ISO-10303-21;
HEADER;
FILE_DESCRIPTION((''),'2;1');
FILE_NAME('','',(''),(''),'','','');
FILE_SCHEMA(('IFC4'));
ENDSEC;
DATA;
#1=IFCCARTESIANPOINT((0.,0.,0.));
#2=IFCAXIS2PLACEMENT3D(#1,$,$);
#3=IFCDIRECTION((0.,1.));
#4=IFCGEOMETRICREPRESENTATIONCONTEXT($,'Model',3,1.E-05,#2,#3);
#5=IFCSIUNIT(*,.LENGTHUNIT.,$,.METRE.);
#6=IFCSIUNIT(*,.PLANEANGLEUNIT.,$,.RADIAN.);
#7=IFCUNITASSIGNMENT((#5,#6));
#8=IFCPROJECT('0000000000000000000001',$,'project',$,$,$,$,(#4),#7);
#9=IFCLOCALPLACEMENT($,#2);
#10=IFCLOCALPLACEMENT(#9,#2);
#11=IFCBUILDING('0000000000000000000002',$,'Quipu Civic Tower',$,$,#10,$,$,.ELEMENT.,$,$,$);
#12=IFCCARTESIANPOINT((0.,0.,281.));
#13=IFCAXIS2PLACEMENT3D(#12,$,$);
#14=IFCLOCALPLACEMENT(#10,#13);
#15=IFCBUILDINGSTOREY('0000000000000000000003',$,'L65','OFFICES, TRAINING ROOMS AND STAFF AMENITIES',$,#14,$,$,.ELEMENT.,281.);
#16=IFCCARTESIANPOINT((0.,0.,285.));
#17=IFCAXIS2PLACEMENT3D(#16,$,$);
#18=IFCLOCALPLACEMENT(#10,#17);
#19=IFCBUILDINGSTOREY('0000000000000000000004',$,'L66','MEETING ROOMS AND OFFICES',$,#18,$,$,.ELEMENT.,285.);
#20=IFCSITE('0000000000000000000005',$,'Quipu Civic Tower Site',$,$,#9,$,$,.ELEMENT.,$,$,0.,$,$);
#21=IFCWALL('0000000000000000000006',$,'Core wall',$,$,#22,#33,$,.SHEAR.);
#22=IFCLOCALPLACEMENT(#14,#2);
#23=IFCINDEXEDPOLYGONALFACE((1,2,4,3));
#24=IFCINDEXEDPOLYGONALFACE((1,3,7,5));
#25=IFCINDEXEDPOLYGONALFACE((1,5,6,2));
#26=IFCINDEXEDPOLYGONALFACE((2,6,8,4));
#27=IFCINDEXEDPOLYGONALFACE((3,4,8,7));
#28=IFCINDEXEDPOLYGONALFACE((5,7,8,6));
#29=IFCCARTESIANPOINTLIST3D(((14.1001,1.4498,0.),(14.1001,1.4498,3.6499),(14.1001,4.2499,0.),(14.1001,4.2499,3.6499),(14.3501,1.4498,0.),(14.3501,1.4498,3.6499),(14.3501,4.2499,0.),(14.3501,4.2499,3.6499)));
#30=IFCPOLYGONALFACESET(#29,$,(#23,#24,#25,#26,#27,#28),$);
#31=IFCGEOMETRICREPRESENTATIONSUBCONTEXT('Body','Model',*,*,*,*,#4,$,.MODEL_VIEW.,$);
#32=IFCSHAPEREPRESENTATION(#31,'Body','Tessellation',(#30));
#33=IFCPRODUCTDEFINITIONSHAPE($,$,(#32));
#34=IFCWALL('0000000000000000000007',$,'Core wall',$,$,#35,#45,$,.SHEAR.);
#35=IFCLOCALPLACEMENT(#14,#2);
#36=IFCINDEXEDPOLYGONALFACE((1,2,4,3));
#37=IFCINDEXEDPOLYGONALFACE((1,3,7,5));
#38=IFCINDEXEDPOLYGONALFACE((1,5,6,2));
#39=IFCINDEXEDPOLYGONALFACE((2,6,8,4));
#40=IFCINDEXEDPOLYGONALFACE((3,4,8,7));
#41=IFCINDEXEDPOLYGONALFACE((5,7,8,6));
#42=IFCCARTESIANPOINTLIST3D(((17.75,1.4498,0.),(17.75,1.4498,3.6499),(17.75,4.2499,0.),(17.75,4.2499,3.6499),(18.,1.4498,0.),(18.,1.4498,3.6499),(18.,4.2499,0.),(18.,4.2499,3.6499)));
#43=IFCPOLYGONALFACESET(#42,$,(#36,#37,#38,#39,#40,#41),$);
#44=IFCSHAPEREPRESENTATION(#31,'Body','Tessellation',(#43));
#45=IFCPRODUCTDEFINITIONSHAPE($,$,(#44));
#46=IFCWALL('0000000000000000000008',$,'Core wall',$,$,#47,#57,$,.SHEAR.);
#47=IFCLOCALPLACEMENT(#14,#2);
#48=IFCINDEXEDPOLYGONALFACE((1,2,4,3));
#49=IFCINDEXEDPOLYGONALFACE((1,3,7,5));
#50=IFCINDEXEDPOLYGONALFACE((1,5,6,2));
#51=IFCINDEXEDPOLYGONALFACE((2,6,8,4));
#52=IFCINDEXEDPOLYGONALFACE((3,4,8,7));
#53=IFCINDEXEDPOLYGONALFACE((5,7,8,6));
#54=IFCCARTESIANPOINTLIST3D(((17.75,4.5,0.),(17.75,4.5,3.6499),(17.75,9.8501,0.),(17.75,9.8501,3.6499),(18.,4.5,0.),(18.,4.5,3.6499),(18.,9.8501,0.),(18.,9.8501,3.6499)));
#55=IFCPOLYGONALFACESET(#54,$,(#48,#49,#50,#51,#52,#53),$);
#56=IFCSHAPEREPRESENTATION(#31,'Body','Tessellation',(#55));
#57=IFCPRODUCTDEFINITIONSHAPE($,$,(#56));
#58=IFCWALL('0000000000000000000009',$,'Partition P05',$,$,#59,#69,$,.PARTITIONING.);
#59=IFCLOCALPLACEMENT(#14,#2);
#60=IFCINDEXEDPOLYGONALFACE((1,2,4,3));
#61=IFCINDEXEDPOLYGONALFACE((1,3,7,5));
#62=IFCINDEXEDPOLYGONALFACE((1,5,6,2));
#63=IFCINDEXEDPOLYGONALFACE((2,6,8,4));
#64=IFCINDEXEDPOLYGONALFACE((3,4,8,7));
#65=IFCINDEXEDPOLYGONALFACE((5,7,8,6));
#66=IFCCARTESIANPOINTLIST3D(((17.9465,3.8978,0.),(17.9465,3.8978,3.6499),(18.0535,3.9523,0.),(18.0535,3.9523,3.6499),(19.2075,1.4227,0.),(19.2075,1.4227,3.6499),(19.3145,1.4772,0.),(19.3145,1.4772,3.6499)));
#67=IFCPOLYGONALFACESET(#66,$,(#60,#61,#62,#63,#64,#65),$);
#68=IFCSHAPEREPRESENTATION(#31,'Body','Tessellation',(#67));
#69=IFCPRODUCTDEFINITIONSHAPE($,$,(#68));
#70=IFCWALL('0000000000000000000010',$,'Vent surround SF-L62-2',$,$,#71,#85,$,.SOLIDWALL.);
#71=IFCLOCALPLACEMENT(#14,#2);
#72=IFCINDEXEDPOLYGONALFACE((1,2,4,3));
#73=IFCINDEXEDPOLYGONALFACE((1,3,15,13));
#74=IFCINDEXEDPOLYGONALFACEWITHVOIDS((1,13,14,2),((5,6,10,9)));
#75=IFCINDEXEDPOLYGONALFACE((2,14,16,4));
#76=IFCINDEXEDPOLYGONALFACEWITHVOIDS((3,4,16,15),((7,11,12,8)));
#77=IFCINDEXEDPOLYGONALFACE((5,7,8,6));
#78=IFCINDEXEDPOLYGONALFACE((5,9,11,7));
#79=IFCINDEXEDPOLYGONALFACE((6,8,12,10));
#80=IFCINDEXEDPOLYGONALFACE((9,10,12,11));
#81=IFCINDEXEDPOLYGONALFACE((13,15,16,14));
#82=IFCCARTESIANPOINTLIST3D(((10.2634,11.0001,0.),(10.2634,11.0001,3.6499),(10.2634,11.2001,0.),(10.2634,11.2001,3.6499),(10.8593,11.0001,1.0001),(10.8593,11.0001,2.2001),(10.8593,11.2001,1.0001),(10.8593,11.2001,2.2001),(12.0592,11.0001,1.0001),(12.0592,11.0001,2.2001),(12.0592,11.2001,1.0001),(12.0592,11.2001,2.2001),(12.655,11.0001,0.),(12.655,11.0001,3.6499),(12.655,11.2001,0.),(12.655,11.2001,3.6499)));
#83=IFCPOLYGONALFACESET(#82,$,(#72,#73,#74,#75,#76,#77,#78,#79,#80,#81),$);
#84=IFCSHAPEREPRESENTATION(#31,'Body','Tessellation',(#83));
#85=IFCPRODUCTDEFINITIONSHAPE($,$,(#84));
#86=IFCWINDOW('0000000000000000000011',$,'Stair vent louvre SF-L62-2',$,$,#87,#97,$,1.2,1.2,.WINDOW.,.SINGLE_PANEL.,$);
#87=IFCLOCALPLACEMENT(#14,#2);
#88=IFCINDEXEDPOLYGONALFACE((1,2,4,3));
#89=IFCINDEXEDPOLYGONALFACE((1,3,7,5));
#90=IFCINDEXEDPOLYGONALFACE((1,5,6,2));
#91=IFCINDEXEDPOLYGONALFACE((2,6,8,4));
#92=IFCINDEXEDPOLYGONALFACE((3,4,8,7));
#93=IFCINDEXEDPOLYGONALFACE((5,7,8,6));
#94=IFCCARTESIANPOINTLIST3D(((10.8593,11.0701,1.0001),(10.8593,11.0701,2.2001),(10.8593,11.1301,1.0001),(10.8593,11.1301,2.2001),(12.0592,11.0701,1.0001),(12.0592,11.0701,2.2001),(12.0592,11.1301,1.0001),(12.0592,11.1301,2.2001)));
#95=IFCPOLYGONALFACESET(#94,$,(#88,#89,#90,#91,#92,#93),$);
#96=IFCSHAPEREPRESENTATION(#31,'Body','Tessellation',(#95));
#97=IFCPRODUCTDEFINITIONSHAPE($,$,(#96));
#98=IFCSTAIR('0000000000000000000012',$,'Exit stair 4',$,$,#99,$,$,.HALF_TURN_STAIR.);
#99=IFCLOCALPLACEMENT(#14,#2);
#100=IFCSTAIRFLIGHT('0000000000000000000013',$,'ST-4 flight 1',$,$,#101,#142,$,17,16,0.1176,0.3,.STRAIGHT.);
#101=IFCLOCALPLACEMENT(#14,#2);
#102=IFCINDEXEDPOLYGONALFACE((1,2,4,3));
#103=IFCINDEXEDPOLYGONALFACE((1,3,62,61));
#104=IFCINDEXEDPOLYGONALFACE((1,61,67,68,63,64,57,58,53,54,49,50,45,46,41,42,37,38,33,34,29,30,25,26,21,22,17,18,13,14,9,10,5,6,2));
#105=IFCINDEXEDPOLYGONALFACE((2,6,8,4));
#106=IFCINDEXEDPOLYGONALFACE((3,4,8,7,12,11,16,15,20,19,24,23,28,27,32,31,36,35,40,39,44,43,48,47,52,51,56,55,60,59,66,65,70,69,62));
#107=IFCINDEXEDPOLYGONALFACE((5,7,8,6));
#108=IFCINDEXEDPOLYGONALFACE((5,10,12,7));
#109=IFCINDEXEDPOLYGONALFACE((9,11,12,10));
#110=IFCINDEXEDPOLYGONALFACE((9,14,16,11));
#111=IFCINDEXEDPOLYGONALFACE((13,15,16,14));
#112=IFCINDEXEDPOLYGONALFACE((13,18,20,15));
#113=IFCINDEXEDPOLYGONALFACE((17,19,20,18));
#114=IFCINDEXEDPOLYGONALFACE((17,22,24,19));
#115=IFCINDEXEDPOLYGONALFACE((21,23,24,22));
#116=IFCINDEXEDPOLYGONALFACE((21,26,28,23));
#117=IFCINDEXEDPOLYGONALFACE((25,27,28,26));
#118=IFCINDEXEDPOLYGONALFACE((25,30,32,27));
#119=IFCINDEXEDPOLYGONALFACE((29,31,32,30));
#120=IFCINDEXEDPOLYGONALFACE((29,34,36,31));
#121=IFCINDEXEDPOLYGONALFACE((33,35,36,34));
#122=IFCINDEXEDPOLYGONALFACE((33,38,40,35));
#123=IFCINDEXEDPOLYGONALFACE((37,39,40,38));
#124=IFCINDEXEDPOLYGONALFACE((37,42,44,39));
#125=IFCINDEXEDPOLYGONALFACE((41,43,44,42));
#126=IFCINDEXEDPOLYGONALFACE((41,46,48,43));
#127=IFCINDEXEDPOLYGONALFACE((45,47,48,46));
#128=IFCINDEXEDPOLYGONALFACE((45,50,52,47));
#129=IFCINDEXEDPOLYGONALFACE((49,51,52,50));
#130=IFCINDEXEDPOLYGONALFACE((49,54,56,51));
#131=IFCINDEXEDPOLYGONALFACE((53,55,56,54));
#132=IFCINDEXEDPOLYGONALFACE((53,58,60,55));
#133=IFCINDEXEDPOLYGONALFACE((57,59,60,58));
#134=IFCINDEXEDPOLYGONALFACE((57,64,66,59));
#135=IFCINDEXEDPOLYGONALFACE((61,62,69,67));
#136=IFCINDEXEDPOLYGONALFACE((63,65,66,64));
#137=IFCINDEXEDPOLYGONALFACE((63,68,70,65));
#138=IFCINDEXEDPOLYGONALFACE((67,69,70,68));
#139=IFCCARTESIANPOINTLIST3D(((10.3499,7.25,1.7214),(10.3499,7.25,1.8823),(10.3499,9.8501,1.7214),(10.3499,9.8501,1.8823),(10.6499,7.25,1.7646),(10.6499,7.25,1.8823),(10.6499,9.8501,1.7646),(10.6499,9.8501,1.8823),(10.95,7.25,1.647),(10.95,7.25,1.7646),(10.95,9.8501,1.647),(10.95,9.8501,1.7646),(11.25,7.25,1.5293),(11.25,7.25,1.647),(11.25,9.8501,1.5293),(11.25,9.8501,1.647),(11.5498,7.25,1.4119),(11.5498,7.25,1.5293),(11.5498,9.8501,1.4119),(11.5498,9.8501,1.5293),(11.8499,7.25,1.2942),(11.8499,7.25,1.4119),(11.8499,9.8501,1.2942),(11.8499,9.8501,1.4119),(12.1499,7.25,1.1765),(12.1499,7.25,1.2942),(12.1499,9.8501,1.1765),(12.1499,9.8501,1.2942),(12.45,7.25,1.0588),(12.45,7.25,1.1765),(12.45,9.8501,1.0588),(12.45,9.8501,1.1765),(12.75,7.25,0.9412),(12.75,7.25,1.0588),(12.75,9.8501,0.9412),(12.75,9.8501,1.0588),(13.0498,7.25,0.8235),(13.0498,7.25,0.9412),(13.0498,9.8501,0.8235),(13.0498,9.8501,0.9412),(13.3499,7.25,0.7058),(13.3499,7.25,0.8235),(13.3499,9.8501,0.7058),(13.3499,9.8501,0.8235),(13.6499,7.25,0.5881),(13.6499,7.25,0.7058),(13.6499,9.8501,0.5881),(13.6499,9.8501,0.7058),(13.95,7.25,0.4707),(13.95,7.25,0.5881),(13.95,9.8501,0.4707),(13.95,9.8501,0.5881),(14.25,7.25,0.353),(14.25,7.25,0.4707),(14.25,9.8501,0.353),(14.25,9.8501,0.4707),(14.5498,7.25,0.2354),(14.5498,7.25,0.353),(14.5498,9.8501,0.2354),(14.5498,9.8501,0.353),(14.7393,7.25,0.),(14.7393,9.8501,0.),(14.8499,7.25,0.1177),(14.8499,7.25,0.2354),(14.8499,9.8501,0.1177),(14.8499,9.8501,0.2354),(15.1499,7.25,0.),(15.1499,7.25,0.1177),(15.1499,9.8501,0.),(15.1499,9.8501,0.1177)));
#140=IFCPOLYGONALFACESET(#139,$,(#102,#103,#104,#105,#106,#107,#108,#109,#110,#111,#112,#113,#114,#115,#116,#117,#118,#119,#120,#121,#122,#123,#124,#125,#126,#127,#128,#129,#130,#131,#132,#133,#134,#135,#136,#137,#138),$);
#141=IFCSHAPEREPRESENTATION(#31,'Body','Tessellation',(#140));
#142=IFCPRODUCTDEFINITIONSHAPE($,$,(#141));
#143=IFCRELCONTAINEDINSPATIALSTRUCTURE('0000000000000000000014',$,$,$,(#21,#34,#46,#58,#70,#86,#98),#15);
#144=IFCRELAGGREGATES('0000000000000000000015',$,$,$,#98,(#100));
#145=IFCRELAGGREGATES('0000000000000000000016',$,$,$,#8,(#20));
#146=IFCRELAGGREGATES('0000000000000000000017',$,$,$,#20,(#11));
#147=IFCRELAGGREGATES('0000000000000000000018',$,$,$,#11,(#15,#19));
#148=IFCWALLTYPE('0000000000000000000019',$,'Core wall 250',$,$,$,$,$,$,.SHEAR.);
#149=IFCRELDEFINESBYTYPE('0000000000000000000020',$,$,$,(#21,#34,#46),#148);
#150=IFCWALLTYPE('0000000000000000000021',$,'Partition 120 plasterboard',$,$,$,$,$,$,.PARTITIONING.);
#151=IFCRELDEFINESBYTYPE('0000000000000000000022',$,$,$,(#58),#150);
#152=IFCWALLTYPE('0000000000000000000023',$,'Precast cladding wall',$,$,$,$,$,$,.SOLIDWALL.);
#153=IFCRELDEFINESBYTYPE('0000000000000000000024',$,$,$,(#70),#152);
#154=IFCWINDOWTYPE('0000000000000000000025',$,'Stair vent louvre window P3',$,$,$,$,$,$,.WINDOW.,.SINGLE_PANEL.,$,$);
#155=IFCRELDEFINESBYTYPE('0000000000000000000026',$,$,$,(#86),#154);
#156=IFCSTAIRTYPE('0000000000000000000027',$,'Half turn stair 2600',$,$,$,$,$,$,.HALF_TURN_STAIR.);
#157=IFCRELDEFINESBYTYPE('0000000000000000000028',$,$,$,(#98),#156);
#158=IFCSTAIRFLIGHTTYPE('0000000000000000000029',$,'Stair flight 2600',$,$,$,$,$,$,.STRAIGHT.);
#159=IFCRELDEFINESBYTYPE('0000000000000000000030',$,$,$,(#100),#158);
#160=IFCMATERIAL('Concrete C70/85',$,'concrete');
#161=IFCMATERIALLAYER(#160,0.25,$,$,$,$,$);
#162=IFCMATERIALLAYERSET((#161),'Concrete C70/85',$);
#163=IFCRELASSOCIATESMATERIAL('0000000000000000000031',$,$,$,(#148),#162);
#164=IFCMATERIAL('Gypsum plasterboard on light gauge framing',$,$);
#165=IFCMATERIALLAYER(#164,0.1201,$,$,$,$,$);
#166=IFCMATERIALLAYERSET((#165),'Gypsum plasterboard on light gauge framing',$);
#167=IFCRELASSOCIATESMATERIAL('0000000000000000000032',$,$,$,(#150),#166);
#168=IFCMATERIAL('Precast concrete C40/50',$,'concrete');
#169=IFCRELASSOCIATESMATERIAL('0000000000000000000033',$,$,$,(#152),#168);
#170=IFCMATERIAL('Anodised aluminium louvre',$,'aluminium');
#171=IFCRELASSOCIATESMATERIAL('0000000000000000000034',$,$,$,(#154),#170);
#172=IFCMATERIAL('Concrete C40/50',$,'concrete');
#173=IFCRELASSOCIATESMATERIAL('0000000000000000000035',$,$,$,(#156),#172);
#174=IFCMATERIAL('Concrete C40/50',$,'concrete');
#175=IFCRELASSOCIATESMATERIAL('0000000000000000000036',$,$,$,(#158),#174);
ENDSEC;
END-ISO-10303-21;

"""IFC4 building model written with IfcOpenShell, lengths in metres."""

from ifc_helpers import new_model, si_unit, direction, frame, frame_2d, origin, place, context, subcontext, project, spatial, polyline, rectangle, outline, extrude, material, layer, layer_set, type_object, element, fill, aggregate, save


model = new_model("IFC4")

# Units and contexts
model_context = context("Model", 3, precision=1e-05, world=origin(), true_north=direction((0.0, 1.0)))
body_context = subcontext(model_context, "Body", "Model", "MODEL_VIEW")
ifc_project = project(units=[si_unit("LENGTHUNIT", "METRE"), si_unit("PLANEANGLEUNIT", "RADIAN")], contexts=[model_context])

# Site, building, storey
site_placement = place(None, origin())
site = spatial("IfcSite", under=ifc_project, at=site_placement, Name="Quipu Civic Tower Site", CompositionType="ELEMENT", RefElevation=0.0)
building_placement = place(site_placement, origin())
building = spatial("IfcBuilding", under=site, at=building_placement, Name="Quipu Civic Tower", CompositionType="ELEMENT")
storey_1_placement = place(building_placement, frame((0.0, 0.0, 281.0)))
storey_1 = spatial("IfcBuildingStorey", under=building, at=storey_1_placement, Name="L65", Description="OFFICES, TRAINING ROOMS AND STAFF AMENITIES", CompositionType="ELEMENT", Elevation=281.0)

# Shared definitions
storey_2_placement = place(building_placement, frame((0.0, 0.0, 285.0)))
storey_2 = spatial("IfcBuildingStorey", under=building, at=storey_2_placement, Name="L66", Description="MEETING ROOMS AND OFFICES", CompositionType="ELEMENT", Elevation=285.0)

# Shared definitions
ifc_material_1 = material(Name="Concrete C70/85", Category="concrete")
ifc_layer_1 = layer(ifc_material_1, 0.25)
ifc_layer_set_1 = layer_set([ifc_layer_1], Name="Concrete C70/85")
wall_type_1 = type_object("IfcWallType", Name="Core wall 250", PredefinedType="SHEAR", material=ifc_layer_set_1)

# Walls
for number, where, z_axis, x_axis, name in (
    (1, (14.2251, 1.45, 0.0), (0.0, 0.0, 1.0), (0.0, 1.0, 0.0), "Core wall"),
    (2, (17.875, 1.45, 0.0), (0.0, 0.0, 1.0), (0.0, 1.0, 0.0), "Core wall"),
):
    element("IfcWall", number, at=place(storey_1_placement, frame(where, z_axis=z_axis, x_axis=x_axis)), inside=storey_1, type_object=wall_type_1, Name=name, PredefinedType="SHEAR", context=body_context, shape_type="SweptSolid", body=[
        extrude(rectangle(XDim=2.8, YDim=0.25, at=frame_2d((1.3999, 0.0))), origin(), (0.0, 0.0, 1.0), 3.6499),
    ])
wall_1_placement = place(storey_1_placement, frame((17.875, 4.5, 0.0), z_axis=(0.0, 0.0, 1.0), x_axis=(0.0, 1.0, 0.0)))
element("IfcWall", 3, at=wall_1_placement, inside=storey_1, type_object=wall_type_1, Name="Core wall", PredefinedType="SHEAR", context=body_context, shape_type="SweptSolid", body=[
    extrude(rectangle(XDim=5.3501, YDim=0.25, at=frame_2d((2.675, 0.0))), origin(), (0.0, 0.0, 1.0), 3.6499),
])
ifc_material_2 = material(Name="Gypsum plasterboard on light gauge framing")
ifc_layer_2 = layer(ifc_material_2, 0.1201)
ifc_layer_set_2 = layer_set([ifc_layer_2], Name="Gypsum plasterboard on light gauge framing")
wall_type_2 = type_object("IfcWallType", Name="Partition 120 plasterboard", PredefinedType="PARTITIONING", material=ifc_layer_set_2)
wall_2_placement = place(storey_1_placement, frame((18.0, 3.925, 0.0), z_axis=(0.0, 0.0, 1.0), x_axis=(0.453951, -0.891027, 0.0)))
element("IfcWall", 4, at=wall_2_placement, inside=storey_1, type_object=wall_type_2, Name="Partition P05", PredefinedType="PARTITIONING", context=body_context, shape_type="SweptSolid", body=[
    extrude(rectangle(XDim=2.7778, YDim=0.1201, at=frame_2d((1.3889, 0.0))), origin(), (0.0, 0.0, 1.0), 3.6499),
])

# Wall, opening, window
ifc_material_3 = material(Name="Precast concrete C40/50", Category="concrete")
wall_type_3 = type_object("IfcWallType", Name="Precast cladding wall", PredefinedType="SOLIDWALL", material=ifc_material_3)
wall_3_placement = place(storey_1_placement, frame((12.655, 11.1001, 0.0), z_axis=(0.0, 0.0, 1.0), x_axis=(-1.0, 0.0, 0.0)))
wall_3 = element("IfcWall", 5, at=wall_3_placement, inside=storey_1, type_object=wall_type_3, Name="Vent surround SF-L62-2", PredefinedType="SOLIDWALL", context=body_context, shape_type="SweptSolid", body=[
    extrude(rectangle(XDim=2.3916, YDim=0.2, at=frame_2d((1.1958, 0.0))), origin(), (0.0, 0.0, 1.0), 3.6499),
])
opening_1_placement = place(wall_3_placement, frame((0.5957, 0.0, 1.0)))
opening_1 = element("IfcOpeningElement", 6, at=opening_1_placement, cuts=wall_3, PredefinedType="OPENING", context=body_context, shape_type="SweptSolid", body=[
    extrude(rectangle(XDim=1.2, YDim=1.2, at=frame_2d((0.6001, 0.6001))), frame((0.0, 0.1099, 0.0), z_axis=(0.0, -1.0, 0.0), x_axis=(1.0, 0.0, 0.0)), (0.0, 0.0, 1.0), 0.22),
])
ifc_material_4 = material(Name="Anodised aluminium louvre", Category="aluminium")
window_type = type_object("IfcWindowType", Name="Stair vent louvre window P3", PartitioningType="SINGLE_PANEL", PredefinedType="WINDOW", material=ifc_material_4)
window_placement = place(opening_1_placement, origin())
window = element("IfcWindow", 7, at=window_placement, inside=storey_1, type_object=window_type, Name="Stair vent louvre SF-L62-2", OverallHeight=1.2, OverallWidth=1.2, PartitioningType="SINGLE_PANEL", PredefinedType="WINDOW", context=body_context, shape_type="SweptSolid", body=[
    extrude(rectangle(XDim=1.2, YDim=1.2, at=frame_2d((0.6001, 0.6001))), frame((0.0, 0.03, 0.0), z_axis=(0.0, -1.0, 0.0), x_axis=(1.0, 0.0, 0.0)), (0.0, 0.0, 1.0), 0.0601),
])
fill(opening_1, window)

# Stair, stair flight
ifc_material_5 = material(Name="Concrete C40/50", Category="concrete")
stair_type = type_object("IfcStairType", Name="Half turn stair 2600", PredefinedType="HALF_TURN_STAIR", material=ifc_material_5)
stair_placement = place(storey_1_placement, origin())
stair = element("IfcStair", 8, at=stair_placement, inside=storey_1, type_object=stair_type, Name="Exit stair 4", PredefinedType="HALF_TURN_STAIR")
ifc_material_6 = material(Name="Concrete C40/50", Category="concrete")
stair_flight_type = type_object("IfcStairFlightType", Name="Stair flight 2600", PredefinedType="STRAIGHT", material=ifc_material_6)
stair_flight_placement = place(storey_1_placement, frame((15.1499, 8.55, 0.0), z_axis=(0.0, 0.0, 1.0), x_axis=(-1.0, 0.0, 0.0)))
stair_flight = element("IfcStairFlight", 9, at=stair_flight_placement, type_object=stair_flight_type, Name="ST-4 flight 1", NumberOfRisers=17, NumberOfTreads=16, PredefinedType="STRAIGHT", RiserHeight=0.1176, TreadLength=0.3, context=body_context, shape_type="SweptSolid", body=[
    extrude(outline(polyline([(0.0, 0.0), (0.0, 0.1177), (0.3, 0.1177), (0.3, 0.2354), (0.6001, 0.2354), (0.6001, 0.353), (0.8999, 0.353), (0.8999, 0.4707), (1.2, 0.4707), (1.2, 0.5881), (1.5, 0.5881), (1.5, 0.7058), (1.8, 0.7058), (1.8, 0.8235), (2.1001, 0.8235), (2.1001, 0.9412), (2.3999, 0.9412), (2.3999, 1.0588), (2.7, 1.0588), (2.7, 1.1765), (3.0, 1.1765), (3.0, 1.2942), (3.3, 1.2942), (3.3, 1.4119), (3.6001, 1.4119), (3.6001, 1.5293), (3.8999, 1.5293), (3.8999, 1.647), (4.2, 1.647), (4.2, 1.7646), (4.5, 1.7646), (4.5, 1.8823), (4.8, 1.8823), (4.8, 2.0), (4.8, 1.7214), (0.4106, 0.0), (0.0, 0.0)])), frame((0.0, 1.3, 0.0), z_axis=(0.0, -1.0, 0.0), x_axis=(1.0, 0.0, 0.0)), (0.0, 0.0, 1.0), 2.6001),
])
aggregate(stair, [stair_flight])

save(model, "model.ifc")
